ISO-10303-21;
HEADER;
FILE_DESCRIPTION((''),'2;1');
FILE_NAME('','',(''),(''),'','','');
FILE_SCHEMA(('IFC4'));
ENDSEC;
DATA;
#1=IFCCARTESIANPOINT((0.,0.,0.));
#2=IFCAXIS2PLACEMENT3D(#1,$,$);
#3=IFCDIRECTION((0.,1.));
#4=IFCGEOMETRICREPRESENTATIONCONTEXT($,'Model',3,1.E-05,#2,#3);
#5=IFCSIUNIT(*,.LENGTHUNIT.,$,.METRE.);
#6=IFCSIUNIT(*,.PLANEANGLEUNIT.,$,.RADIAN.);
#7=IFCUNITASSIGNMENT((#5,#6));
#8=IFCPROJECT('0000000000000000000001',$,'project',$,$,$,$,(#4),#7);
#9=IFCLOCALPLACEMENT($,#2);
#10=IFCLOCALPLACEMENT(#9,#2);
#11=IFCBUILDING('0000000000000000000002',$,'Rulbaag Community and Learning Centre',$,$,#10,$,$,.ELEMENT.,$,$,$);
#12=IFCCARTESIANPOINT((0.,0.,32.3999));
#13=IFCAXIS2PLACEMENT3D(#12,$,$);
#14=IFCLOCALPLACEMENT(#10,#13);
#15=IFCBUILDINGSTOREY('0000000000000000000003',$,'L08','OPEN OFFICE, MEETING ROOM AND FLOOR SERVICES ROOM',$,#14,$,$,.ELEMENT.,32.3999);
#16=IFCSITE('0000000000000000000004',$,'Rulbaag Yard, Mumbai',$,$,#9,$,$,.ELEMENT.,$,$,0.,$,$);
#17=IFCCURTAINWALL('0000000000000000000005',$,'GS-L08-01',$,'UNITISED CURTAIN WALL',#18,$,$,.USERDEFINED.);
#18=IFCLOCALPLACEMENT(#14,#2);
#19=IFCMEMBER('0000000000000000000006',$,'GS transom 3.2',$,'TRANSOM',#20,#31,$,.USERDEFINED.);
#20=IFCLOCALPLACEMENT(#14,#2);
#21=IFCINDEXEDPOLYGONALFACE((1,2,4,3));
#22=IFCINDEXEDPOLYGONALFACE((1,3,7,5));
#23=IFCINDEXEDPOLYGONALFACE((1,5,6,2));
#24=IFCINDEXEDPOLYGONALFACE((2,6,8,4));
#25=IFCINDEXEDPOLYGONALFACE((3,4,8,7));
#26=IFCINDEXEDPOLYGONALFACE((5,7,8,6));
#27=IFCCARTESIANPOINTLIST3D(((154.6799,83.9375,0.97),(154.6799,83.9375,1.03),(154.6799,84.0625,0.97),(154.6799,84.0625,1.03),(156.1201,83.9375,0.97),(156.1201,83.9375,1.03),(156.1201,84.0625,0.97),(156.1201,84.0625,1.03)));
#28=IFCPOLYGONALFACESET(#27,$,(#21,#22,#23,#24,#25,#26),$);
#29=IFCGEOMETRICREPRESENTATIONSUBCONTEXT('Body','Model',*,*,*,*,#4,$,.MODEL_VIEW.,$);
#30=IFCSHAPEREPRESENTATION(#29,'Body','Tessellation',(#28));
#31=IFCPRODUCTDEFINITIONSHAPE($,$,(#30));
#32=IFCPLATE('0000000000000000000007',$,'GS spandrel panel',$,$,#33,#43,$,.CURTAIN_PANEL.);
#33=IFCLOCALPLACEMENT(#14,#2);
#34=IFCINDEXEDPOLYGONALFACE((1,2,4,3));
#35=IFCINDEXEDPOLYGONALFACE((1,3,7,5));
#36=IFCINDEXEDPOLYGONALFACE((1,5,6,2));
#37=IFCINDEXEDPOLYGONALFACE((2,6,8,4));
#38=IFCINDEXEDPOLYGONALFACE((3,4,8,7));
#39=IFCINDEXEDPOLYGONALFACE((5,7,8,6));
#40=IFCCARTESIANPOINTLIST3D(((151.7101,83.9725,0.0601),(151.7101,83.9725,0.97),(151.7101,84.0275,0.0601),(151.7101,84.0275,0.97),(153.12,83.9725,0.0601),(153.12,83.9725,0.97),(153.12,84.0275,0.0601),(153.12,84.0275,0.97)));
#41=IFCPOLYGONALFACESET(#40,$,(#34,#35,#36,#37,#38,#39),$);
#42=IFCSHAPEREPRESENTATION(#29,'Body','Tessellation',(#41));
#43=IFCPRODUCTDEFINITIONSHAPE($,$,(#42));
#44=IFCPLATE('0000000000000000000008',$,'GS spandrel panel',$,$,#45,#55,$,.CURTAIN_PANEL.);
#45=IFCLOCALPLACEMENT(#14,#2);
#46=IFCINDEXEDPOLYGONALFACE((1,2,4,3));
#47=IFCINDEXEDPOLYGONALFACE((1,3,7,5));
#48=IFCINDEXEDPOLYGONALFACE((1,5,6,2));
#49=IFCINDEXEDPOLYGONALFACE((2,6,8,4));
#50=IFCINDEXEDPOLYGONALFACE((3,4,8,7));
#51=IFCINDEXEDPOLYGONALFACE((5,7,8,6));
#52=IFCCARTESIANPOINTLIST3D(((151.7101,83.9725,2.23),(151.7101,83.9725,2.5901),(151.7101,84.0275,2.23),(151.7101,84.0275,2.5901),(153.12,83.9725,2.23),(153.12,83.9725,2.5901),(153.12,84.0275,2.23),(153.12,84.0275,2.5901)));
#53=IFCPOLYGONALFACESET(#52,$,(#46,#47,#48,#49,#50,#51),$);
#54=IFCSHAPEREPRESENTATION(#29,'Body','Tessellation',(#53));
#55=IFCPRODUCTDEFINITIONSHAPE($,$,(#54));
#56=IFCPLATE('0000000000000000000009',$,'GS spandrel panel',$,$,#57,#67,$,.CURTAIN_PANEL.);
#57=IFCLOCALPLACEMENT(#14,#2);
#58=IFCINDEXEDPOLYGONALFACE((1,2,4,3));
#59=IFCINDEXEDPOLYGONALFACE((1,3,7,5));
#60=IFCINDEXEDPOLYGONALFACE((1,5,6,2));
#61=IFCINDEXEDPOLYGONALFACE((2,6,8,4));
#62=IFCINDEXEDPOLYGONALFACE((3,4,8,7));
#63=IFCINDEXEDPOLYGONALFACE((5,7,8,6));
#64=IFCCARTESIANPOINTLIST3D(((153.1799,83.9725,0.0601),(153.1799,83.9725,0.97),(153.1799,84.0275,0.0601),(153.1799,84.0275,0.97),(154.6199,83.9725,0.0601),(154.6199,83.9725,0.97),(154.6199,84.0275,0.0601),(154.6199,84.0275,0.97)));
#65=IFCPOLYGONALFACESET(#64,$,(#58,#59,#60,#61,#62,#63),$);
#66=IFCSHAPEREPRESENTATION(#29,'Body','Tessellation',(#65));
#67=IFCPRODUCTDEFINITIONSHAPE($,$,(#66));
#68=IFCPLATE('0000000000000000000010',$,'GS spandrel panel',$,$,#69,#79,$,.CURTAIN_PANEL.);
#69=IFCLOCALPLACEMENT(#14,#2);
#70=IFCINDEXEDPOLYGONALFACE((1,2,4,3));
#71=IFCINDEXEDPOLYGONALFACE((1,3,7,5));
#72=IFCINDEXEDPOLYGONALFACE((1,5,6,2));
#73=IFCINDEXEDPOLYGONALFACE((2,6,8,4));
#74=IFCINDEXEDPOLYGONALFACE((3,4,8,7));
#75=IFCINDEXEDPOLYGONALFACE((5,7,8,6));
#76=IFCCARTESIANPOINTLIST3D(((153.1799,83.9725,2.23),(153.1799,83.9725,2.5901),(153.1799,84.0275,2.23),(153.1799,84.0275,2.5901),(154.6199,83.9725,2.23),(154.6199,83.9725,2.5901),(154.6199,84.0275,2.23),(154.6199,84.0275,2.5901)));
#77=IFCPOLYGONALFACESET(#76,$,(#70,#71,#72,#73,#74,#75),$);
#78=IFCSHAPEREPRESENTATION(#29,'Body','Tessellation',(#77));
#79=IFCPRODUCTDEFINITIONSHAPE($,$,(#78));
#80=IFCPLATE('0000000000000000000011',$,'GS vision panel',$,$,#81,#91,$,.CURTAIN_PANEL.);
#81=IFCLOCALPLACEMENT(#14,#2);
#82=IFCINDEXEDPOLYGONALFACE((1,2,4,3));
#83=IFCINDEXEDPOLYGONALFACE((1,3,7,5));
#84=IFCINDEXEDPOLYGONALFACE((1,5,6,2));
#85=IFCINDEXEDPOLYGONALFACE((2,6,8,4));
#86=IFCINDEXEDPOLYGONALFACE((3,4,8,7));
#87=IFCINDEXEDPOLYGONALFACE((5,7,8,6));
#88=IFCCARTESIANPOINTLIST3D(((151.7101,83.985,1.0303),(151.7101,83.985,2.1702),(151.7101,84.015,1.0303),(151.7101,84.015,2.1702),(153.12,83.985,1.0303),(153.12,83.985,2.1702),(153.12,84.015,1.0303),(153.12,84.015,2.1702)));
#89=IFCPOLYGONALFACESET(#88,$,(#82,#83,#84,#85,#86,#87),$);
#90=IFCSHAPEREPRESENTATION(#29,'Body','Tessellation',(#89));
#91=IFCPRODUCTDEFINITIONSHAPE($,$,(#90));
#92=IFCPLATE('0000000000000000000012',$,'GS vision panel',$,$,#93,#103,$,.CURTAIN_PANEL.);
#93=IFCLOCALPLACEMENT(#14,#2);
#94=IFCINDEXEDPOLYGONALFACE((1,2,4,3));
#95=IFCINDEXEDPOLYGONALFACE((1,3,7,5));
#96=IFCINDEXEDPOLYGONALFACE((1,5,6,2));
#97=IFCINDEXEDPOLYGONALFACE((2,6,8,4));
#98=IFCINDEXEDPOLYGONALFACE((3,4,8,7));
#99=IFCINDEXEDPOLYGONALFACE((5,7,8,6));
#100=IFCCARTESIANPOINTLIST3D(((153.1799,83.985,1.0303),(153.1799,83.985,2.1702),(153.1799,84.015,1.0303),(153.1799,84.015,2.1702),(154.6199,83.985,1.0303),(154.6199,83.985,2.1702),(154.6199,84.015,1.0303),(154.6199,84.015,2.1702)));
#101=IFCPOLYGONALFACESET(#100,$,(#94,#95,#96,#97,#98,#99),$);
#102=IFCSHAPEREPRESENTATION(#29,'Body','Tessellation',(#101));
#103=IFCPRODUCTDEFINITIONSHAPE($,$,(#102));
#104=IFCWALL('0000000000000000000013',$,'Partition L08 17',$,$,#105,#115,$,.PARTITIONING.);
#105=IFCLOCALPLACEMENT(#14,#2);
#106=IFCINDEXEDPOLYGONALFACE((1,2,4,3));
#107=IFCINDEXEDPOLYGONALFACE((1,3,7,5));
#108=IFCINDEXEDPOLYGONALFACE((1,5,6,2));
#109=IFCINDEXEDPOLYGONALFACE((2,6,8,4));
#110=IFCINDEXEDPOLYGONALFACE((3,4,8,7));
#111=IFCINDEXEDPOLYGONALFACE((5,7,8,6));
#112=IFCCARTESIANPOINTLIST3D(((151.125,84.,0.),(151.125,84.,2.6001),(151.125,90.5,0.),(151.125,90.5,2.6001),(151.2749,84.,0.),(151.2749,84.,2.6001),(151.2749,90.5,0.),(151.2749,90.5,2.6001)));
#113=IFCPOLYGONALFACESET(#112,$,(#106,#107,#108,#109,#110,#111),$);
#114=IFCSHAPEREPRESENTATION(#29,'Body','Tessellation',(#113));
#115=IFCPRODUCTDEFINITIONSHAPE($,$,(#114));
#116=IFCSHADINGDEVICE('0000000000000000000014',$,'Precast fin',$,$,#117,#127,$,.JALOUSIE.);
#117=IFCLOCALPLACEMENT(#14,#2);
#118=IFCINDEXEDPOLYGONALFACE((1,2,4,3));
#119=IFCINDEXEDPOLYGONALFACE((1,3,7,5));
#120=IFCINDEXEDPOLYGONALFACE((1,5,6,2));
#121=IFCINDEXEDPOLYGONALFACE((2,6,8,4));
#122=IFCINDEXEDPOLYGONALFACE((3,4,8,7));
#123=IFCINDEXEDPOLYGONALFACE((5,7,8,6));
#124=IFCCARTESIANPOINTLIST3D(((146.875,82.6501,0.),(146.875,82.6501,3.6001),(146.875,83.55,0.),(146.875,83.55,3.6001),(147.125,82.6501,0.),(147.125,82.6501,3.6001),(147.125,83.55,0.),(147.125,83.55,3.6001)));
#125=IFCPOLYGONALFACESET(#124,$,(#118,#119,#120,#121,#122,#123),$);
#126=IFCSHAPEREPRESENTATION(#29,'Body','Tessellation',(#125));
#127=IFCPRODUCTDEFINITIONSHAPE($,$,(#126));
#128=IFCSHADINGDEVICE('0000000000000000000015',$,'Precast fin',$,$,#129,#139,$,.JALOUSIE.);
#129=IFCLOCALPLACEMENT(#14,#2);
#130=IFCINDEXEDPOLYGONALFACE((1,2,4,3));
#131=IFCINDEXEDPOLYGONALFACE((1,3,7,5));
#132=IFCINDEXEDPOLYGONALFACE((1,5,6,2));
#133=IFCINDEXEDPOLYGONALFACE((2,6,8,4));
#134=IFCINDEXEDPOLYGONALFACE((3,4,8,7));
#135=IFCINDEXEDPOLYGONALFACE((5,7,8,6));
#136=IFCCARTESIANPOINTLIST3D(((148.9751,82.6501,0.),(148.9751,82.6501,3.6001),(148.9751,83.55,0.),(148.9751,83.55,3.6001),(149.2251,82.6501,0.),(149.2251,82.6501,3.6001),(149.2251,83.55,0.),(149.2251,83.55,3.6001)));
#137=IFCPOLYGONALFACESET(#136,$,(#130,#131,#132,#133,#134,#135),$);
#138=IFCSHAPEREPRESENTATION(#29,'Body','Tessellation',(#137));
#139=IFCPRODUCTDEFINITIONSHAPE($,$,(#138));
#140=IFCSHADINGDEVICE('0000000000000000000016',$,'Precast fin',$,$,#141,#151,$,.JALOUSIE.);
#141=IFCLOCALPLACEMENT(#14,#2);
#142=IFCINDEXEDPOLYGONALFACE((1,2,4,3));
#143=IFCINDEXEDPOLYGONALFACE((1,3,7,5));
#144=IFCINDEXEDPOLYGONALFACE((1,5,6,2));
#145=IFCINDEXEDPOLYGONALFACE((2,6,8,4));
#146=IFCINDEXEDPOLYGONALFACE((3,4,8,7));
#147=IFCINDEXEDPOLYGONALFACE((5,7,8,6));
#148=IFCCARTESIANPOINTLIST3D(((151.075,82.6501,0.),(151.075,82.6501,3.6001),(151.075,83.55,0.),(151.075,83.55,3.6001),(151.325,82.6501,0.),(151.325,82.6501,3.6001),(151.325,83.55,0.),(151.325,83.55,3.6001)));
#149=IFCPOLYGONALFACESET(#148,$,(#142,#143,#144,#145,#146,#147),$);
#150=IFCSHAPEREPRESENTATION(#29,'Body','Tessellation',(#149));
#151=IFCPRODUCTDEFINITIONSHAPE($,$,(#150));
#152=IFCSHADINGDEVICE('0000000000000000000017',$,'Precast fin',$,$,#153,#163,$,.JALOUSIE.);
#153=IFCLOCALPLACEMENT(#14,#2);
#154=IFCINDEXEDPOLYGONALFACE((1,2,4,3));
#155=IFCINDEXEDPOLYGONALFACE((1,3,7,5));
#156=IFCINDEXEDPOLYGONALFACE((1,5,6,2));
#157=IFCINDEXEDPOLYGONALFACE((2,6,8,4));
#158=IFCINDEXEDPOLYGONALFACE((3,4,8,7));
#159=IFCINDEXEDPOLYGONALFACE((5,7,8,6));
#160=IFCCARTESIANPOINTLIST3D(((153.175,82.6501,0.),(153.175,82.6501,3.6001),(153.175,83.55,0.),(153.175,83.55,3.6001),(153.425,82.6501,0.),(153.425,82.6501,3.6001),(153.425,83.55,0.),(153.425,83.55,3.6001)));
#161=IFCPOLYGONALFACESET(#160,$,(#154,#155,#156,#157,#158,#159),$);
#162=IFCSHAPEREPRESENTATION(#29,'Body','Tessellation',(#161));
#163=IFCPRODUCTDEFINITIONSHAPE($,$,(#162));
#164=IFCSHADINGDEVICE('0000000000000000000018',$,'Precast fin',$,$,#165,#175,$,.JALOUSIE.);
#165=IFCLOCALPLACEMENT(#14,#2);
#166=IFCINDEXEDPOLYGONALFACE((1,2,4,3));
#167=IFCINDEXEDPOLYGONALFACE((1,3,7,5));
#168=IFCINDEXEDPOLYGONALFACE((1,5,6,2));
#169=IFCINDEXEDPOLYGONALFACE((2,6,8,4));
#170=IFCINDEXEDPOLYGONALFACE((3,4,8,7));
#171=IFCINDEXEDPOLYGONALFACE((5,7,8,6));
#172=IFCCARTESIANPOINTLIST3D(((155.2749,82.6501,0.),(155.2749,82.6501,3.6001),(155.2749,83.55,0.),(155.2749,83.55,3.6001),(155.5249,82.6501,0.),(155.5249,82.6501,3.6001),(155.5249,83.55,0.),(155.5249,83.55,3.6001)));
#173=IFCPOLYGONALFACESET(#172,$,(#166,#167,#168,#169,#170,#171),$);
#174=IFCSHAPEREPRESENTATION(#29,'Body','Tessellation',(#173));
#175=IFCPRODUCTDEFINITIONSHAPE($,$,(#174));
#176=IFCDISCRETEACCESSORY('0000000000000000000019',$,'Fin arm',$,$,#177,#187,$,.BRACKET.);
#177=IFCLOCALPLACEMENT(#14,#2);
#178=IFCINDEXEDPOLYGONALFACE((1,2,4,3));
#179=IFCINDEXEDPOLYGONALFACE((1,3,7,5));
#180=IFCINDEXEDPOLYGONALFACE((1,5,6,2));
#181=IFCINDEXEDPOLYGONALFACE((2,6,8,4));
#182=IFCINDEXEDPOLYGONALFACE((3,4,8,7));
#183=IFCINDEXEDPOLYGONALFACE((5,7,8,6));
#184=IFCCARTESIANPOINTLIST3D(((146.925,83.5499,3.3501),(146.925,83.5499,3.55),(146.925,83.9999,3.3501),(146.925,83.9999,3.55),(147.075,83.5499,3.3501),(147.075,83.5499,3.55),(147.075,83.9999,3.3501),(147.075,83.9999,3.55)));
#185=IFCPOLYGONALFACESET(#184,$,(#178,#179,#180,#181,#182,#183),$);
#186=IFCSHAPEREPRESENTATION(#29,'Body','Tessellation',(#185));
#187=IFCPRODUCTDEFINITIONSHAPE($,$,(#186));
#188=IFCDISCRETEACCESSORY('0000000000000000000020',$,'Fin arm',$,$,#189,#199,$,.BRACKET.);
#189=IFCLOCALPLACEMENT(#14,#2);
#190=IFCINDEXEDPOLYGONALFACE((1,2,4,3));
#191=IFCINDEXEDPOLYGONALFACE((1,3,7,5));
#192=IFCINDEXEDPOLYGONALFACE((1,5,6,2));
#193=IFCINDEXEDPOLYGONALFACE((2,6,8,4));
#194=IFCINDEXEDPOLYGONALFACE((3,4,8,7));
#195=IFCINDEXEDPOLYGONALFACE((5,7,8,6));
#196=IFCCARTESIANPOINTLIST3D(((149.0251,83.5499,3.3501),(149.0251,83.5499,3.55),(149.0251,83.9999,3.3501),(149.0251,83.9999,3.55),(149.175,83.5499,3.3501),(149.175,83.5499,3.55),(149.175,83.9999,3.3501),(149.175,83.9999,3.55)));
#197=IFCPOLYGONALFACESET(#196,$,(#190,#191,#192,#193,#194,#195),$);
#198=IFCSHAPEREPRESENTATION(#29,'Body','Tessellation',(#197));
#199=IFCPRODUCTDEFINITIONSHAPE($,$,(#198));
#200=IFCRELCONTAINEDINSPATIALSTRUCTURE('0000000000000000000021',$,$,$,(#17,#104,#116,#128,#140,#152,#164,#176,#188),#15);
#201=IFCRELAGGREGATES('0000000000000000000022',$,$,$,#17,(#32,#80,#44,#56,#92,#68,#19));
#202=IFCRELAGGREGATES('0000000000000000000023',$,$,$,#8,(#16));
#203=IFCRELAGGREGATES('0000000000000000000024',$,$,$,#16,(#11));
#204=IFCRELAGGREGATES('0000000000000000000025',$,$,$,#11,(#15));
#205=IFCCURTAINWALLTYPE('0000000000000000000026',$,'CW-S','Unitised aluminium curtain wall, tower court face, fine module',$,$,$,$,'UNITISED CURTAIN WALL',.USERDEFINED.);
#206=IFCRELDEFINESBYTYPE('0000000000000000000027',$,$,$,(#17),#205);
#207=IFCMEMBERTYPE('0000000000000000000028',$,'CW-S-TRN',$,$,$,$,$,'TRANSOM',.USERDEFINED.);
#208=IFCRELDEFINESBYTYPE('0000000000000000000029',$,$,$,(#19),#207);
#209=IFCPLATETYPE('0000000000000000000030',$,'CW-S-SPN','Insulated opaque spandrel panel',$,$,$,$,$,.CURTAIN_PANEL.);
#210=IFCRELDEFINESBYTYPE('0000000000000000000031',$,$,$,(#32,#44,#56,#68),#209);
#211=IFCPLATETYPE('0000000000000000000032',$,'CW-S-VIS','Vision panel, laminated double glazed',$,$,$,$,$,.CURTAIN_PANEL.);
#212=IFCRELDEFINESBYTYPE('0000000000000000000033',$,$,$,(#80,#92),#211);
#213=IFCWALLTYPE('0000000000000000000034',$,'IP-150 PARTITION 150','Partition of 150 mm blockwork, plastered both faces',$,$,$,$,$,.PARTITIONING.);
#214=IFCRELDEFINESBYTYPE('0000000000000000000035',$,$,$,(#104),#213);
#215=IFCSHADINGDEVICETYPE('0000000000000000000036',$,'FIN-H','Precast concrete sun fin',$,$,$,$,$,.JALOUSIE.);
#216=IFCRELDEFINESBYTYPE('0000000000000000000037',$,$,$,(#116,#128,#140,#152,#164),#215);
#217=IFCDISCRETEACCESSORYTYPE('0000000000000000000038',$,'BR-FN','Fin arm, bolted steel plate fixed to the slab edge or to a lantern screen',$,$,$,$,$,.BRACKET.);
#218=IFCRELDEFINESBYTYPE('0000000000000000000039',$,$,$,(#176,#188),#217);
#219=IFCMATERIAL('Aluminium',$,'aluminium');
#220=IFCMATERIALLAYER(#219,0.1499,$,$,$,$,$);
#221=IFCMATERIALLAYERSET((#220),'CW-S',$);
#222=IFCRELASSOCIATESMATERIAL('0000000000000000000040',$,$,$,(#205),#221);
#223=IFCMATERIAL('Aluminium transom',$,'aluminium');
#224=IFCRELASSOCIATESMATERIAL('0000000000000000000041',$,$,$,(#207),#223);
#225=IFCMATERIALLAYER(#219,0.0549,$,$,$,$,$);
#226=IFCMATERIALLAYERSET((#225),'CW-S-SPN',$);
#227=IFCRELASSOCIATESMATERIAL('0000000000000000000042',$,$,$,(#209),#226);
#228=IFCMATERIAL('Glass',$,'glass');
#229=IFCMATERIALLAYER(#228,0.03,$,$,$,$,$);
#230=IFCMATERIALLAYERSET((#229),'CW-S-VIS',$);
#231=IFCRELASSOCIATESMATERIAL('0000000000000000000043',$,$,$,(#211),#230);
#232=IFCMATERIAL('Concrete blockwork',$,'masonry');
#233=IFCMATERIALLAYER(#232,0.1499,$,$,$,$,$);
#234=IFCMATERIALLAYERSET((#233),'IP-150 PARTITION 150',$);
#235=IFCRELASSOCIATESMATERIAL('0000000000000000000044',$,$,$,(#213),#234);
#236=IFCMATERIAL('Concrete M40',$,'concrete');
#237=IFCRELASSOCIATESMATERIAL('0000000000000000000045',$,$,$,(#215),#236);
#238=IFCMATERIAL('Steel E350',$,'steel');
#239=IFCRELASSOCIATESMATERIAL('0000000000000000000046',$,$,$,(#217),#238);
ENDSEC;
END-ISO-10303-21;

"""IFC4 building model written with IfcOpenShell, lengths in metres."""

from ifc_helpers import new_model, si_unit, direction, frame, frame_2d, origin, origin_2d, place, context, subcontext, project, spatial, rectangle, extrude, material, layer, layer_set, material_profile, profile_set, type_object, element, aggregate, save


model = new_model("IFC4")

# Units and contexts
model_context = context("Model", 3, precision=1e-05, world=origin(), true_north=direction((0.0, 1.0)))
body_context = subcontext(model_context, "Body", "Model", "MODEL_VIEW")
ifc_project = project(units=[si_unit("LENGTHUNIT", "METRE"), si_unit("PLANEANGLEUNIT", "RADIAN")], contexts=[model_context])

# Site, building, storey
site_placement = place(None, origin())
site = spatial("IfcSite", under=ifc_project, at=site_placement, Name="Rulbaag Yard, Mumbai", CompositionType="ELEMENT", RefElevation=0.0)
building_placement = place(site_placement, origin())
building = spatial("IfcBuilding", under=site, at=building_placement, Name="Rulbaag Community and Learning Centre", CompositionType="ELEMENT")
storey_placement = place(building_placement, frame((0.0, 0.0, 32.3999)))
storey = spatial("IfcBuildingStorey", under=building, at=storey_placement, Name="L08", Description="OPEN OFFICE, MEETING ROOM AND FLOOR SERVICES ROOM", CompositionType="ELEMENT", Elevation=32.3999)

# Shared definitions
ifc_material_1 = material(Name="Concrete M40", Category="concrete")

# Curtain wall, member, plates
ifc_material_2 = material(Name="Aluminium", Category="aluminium")
ifc_layer_1 = layer(ifc_material_2, 0.1499)
ifc_layer_set_1 = layer_set([ifc_layer_1], Name="CW-S")
curtain_wall_type = type_object("IfcCurtainWallType", Name="CW-S", Description="Unitised aluminium curtain wall, tower court face, fine module", ElementType="UNITISED CURTAIN WALL", PredefinedType="USERDEFINED", material=ifc_layer_set_1)
curtain_wall_placement = place(storey_placement, origin())
curtain_wall = element("IfcCurtainWall", 1, at=curtain_wall_placement, inside=storey, type_object=curtain_wall_type, Name="GS-L08-01", ObjectType="UNITISED CURTAIN WALL", PredefinedType="USERDEFINED")
ifc_material_3 = material(Name="Aluminium transom", Category="aluminium")
ifc_material_profile_1 = material_profile(ifc_material_3, rectangle(XDim=0.125, YDim=0.0601, at=origin_2d()), Name="AL 60x125 T")
ifc_profile_set_1 = profile_set([ifc_material_profile_1], Name="Aluminium transom")
member_type_1 = type_object("IfcMemberType", Name="CW-S-TRN", ElementType="TRANSOM", PredefinedType="USERDEFINED", material=ifc_profile_set_1)
member_1_placement = place(storey_placement, frame((154.6799, 84.0, 1.0), z_axis=(1.0, 0.0, 0.0), x_axis=(0.0, 1.0, 0.0)))
member_1 = element("IfcMember", 2, at=member_1_placement, type_object=member_type_1, Name="GS transom 3.2", ObjectType="TRANSOM", PredefinedType="USERDEFINED", context=body_context, shape_type="SweptSolid", body=[
    extrude(rectangle(XDim=0.125, YDim=0.0601, at=origin_2d()), origin(), (0.0, 0.0, 1.0), 1.4402),
])
ifc_layer_2 = layer(ifc_material_2, 0.0549)
ifc_layer_set_2 = layer_set([ifc_layer_2], Name="CW-S-SPN")
plate_type_1 = type_object("IfcPlateType", Name="CW-S-SPN", Description="Insulated opaque spandrel panel", PredefinedType="CURTAIN_PANEL", material=ifc_layer_set_2)
plate_1_placement = place(storey_placement, frame((152.415, 84.0, 0.0601), z_axis=(0.0, 0.0, 1.0), x_axis=(1.0, 0.0, 0.0)))
plate_1 = element("IfcPlate", 3, at=plate_1_placement, type_object=plate_type_1, Name="GS spandrel panel", PredefinedType="CURTAIN_PANEL", context=body_context, shape_type="SweptSolid", body=[
    extrude(rectangle(XDim=1.4099, YDim=0.0549, at=origin_2d()), origin(), (0.0, 0.0, 1.0), 0.9099),
])
plate_2_placement = place(storey_placement, frame((152.415, 84.0, 2.23), z_axis=(0.0, 0.0, 1.0), x_axis=(1.0, 0.0, 0.0)))
plate_2 = element("IfcPlate", 4, at=plate_2_placement, type_object=plate_type_1, Name="GS spandrel panel", PredefinedType="CURTAIN_PANEL", context=body_context, shape_type="SweptSolid", body=[
    extrude(rectangle(XDim=1.4099, YDim=0.0549, at=origin_2d()), origin(), (0.0, 0.0, 1.0), 0.3601),
])
plate_3_placement = place(storey_placement, frame((153.8999, 84.0, 0.0601), z_axis=(0.0, 0.0, 1.0), x_axis=(1.0, 0.0, 0.0)))
plate_3 = element("IfcPlate", 5, at=plate_3_placement, type_object=plate_type_1, Name="GS spandrel panel", PredefinedType="CURTAIN_PANEL", context=body_context, shape_type="SweptSolid", body=[
    extrude(rectangle(XDim=1.4399, YDim=0.0549, at=origin_2d()), origin(), (0.0, 0.0, 1.0), 0.9099),
])
plate_4_placement = place(storey_placement, frame((153.8999, 84.0, 2.23), z_axis=(0.0, 0.0, 1.0), x_axis=(1.0, 0.0, 0.0)))
plate_4 = element("IfcPlate", 6, at=plate_4_placement, type_object=plate_type_1, Name="GS spandrel panel", PredefinedType="CURTAIN_PANEL", context=body_context, shape_type="SweptSolid", body=[
    extrude(rectangle(XDim=1.4399, YDim=0.0549, at=origin_2d()), origin(), (0.0, 0.0, 1.0), 0.3601),
])
ifc_material_4 = material(Name="Glass", Category="glass")
ifc_layer_3 = layer(ifc_material_4, 0.03)
ifc_layer_set_3 = layer_set([ifc_layer_3], Name="CW-S-VIS")
plate_type_2 = type_object("IfcPlateType", Name="CW-S-VIS", Description="Vision panel, laminated double glazed", PredefinedType="CURTAIN_PANEL", material=ifc_layer_set_3)
plate_5_placement = place(storey_placement, frame((152.415, 84.0, 1.0303), z_axis=(0.0, 0.0, 1.0), x_axis=(1.0, 0.0, 0.0)))
plate_5 = element("IfcPlate", 7, at=plate_5_placement, type_object=plate_type_2, Name="GS vision panel", PredefinedType="CURTAIN_PANEL", context=body_context, shape_type="SweptSolid", body=[
    extrude(rectangle(XDim=1.4099, YDim=0.03, at=origin_2d()), origin(), (0.0, 0.0, 1.0), 1.1399),
])
plate_6_placement = place(storey_placement, frame((153.8999, 84.0, 1.0303), z_axis=(0.0, 0.0, 1.0), x_axis=(1.0, 0.0, 0.0)))
plate_6 = element("IfcPlate", 8, at=plate_6_placement, type_object=plate_type_2, Name="GS vision panel", PredefinedType="CURTAIN_PANEL", context=body_context, shape_type="SweptSolid", body=[
    extrude(rectangle(XDim=1.4399, YDim=0.03, at=origin_2d()), origin(), (0.0, 0.0, 1.0), 1.1399),
])
aggregate(curtain_wall, [plate_1, plate_5, plate_2, plate_3, plate_6, plate_4, member_1])

# Wall
ifc_material_5 = material(Name="Concrete blockwork", Category="masonry")
ifc_layer_4 = layer(ifc_material_5, 0.1499)
ifc_layer_set_4 = layer_set([ifc_layer_4], Name="IP-150 PARTITION 150")
wall_type = type_object("IfcWallType", Name="IP-150 PARTITION 150", Description="Partition of 150 mm blockwork, plastered both faces", PredefinedType="PARTITIONING", material=ifc_layer_set_4)
wall_placement = place(storey_placement, frame((151.2, 84.0, 0.0), z_axis=(0.0, 0.0, 1.0), x_axis=(0.0, 1.0, 0.0)))
element("IfcWall", 9, at=wall_placement, inside=storey, type_object=wall_type, Name="Partition L08 17", PredefinedType="PARTITIONING", context=body_context, shape_type="SweptSolid", body=[
    extrude(rectangle(XDim=6.5, YDim=0.1499, at=frame_2d((3.25, 0.0))), origin(), (0.0, 0.0, 1.0), 2.6001),
])

# Shading devices
ifc_material_profile_2 = material_profile(ifc_material_1, rectangle(XDim=0.25, YDim=0.8999, at=origin_2d()), Name="PC 250x900")
ifc_profile_set_2 = profile_set([ifc_material_profile_2], Name="Concrete M40")
shading_device_type = type_object("IfcShadingDeviceType", Name="FIN-H", Description="Precast concrete sun fin", PredefinedType="JALOUSIE", material=ifc_profile_set_2)
for number, where, z_axis, x_axis, name in (
    (10, (147.0, 83.1001, 0.0), (0.0, 0.0, 1.0), (1.0, 0.0, 0.0), "Precast fin"),
    (11, (149.1001, 83.1001, 0.0), (0.0, 0.0, 1.0), (1.0, 0.0, 0.0), "Precast fin"),
    (12, (151.2, 83.1001, 0.0), (0.0, 0.0, 1.0), (1.0, 0.0, 0.0), "Precast fin"),
    (13, (153.3, 83.1001, 0.0), (0.0, 0.0, 1.0), (1.0, 0.0, 0.0), "Precast fin"),
    (14, (155.3999, 83.1001, 0.0), (0.0, 0.0, 1.0), (1.0, 0.0, 0.0), "Precast fin"),
):
    element("IfcShadingDevice", number, at=place(storey_placement, frame(where, z_axis=z_axis, x_axis=x_axis)), inside=storey, type_object=shading_device_type, Name=name, PredefinedType="JALOUSIE", context=body_context, shape_type="SweptSolid", body=[
        extrude(rectangle(XDim=0.25, YDim=0.8999, at=origin_2d()), origin(), (0.0, 0.0, 1.0), 3.6001),
    ])

# Discrete accessories
ifc_material_6 = material(Name="Steel E350", Category="steel")
discrete_accessory_type = type_object("IfcDiscreteAccessoryType", Name="BR-FN", Description="Fin arm, bolted steel plate fixed to the slab edge or to a lantern screen", PredefinedType="BRACKET", material=ifc_material_6)
for number, where, z_axis, x_axis, name in (
    (15, (147.0, 83.7749, 3.3501), (0.0, 0.0, 1.0), (1.0, 0.0, 0.0), "Fin arm"),
    (16, (149.1001, 83.7749, 3.3501), (0.0, 0.0, 1.0), (1.0, 0.0, 0.0), "Fin arm"),
):
    element("IfcDiscreteAccessory", number, at=place(storey_placement, frame(where, z_axis=z_axis, x_axis=x_axis)), inside=storey, type_object=discrete_accessory_type, Name=name, PredefinedType="BRACKET", context=body_context, shape_type="SweptSolid", body=[
        extrude(rectangle(XDim=0.1499, YDim=0.45, at=origin_2d()), origin(), (0.0, 0.0, 1.0), 0.2),
    ])

save(model, "model.ifc")
